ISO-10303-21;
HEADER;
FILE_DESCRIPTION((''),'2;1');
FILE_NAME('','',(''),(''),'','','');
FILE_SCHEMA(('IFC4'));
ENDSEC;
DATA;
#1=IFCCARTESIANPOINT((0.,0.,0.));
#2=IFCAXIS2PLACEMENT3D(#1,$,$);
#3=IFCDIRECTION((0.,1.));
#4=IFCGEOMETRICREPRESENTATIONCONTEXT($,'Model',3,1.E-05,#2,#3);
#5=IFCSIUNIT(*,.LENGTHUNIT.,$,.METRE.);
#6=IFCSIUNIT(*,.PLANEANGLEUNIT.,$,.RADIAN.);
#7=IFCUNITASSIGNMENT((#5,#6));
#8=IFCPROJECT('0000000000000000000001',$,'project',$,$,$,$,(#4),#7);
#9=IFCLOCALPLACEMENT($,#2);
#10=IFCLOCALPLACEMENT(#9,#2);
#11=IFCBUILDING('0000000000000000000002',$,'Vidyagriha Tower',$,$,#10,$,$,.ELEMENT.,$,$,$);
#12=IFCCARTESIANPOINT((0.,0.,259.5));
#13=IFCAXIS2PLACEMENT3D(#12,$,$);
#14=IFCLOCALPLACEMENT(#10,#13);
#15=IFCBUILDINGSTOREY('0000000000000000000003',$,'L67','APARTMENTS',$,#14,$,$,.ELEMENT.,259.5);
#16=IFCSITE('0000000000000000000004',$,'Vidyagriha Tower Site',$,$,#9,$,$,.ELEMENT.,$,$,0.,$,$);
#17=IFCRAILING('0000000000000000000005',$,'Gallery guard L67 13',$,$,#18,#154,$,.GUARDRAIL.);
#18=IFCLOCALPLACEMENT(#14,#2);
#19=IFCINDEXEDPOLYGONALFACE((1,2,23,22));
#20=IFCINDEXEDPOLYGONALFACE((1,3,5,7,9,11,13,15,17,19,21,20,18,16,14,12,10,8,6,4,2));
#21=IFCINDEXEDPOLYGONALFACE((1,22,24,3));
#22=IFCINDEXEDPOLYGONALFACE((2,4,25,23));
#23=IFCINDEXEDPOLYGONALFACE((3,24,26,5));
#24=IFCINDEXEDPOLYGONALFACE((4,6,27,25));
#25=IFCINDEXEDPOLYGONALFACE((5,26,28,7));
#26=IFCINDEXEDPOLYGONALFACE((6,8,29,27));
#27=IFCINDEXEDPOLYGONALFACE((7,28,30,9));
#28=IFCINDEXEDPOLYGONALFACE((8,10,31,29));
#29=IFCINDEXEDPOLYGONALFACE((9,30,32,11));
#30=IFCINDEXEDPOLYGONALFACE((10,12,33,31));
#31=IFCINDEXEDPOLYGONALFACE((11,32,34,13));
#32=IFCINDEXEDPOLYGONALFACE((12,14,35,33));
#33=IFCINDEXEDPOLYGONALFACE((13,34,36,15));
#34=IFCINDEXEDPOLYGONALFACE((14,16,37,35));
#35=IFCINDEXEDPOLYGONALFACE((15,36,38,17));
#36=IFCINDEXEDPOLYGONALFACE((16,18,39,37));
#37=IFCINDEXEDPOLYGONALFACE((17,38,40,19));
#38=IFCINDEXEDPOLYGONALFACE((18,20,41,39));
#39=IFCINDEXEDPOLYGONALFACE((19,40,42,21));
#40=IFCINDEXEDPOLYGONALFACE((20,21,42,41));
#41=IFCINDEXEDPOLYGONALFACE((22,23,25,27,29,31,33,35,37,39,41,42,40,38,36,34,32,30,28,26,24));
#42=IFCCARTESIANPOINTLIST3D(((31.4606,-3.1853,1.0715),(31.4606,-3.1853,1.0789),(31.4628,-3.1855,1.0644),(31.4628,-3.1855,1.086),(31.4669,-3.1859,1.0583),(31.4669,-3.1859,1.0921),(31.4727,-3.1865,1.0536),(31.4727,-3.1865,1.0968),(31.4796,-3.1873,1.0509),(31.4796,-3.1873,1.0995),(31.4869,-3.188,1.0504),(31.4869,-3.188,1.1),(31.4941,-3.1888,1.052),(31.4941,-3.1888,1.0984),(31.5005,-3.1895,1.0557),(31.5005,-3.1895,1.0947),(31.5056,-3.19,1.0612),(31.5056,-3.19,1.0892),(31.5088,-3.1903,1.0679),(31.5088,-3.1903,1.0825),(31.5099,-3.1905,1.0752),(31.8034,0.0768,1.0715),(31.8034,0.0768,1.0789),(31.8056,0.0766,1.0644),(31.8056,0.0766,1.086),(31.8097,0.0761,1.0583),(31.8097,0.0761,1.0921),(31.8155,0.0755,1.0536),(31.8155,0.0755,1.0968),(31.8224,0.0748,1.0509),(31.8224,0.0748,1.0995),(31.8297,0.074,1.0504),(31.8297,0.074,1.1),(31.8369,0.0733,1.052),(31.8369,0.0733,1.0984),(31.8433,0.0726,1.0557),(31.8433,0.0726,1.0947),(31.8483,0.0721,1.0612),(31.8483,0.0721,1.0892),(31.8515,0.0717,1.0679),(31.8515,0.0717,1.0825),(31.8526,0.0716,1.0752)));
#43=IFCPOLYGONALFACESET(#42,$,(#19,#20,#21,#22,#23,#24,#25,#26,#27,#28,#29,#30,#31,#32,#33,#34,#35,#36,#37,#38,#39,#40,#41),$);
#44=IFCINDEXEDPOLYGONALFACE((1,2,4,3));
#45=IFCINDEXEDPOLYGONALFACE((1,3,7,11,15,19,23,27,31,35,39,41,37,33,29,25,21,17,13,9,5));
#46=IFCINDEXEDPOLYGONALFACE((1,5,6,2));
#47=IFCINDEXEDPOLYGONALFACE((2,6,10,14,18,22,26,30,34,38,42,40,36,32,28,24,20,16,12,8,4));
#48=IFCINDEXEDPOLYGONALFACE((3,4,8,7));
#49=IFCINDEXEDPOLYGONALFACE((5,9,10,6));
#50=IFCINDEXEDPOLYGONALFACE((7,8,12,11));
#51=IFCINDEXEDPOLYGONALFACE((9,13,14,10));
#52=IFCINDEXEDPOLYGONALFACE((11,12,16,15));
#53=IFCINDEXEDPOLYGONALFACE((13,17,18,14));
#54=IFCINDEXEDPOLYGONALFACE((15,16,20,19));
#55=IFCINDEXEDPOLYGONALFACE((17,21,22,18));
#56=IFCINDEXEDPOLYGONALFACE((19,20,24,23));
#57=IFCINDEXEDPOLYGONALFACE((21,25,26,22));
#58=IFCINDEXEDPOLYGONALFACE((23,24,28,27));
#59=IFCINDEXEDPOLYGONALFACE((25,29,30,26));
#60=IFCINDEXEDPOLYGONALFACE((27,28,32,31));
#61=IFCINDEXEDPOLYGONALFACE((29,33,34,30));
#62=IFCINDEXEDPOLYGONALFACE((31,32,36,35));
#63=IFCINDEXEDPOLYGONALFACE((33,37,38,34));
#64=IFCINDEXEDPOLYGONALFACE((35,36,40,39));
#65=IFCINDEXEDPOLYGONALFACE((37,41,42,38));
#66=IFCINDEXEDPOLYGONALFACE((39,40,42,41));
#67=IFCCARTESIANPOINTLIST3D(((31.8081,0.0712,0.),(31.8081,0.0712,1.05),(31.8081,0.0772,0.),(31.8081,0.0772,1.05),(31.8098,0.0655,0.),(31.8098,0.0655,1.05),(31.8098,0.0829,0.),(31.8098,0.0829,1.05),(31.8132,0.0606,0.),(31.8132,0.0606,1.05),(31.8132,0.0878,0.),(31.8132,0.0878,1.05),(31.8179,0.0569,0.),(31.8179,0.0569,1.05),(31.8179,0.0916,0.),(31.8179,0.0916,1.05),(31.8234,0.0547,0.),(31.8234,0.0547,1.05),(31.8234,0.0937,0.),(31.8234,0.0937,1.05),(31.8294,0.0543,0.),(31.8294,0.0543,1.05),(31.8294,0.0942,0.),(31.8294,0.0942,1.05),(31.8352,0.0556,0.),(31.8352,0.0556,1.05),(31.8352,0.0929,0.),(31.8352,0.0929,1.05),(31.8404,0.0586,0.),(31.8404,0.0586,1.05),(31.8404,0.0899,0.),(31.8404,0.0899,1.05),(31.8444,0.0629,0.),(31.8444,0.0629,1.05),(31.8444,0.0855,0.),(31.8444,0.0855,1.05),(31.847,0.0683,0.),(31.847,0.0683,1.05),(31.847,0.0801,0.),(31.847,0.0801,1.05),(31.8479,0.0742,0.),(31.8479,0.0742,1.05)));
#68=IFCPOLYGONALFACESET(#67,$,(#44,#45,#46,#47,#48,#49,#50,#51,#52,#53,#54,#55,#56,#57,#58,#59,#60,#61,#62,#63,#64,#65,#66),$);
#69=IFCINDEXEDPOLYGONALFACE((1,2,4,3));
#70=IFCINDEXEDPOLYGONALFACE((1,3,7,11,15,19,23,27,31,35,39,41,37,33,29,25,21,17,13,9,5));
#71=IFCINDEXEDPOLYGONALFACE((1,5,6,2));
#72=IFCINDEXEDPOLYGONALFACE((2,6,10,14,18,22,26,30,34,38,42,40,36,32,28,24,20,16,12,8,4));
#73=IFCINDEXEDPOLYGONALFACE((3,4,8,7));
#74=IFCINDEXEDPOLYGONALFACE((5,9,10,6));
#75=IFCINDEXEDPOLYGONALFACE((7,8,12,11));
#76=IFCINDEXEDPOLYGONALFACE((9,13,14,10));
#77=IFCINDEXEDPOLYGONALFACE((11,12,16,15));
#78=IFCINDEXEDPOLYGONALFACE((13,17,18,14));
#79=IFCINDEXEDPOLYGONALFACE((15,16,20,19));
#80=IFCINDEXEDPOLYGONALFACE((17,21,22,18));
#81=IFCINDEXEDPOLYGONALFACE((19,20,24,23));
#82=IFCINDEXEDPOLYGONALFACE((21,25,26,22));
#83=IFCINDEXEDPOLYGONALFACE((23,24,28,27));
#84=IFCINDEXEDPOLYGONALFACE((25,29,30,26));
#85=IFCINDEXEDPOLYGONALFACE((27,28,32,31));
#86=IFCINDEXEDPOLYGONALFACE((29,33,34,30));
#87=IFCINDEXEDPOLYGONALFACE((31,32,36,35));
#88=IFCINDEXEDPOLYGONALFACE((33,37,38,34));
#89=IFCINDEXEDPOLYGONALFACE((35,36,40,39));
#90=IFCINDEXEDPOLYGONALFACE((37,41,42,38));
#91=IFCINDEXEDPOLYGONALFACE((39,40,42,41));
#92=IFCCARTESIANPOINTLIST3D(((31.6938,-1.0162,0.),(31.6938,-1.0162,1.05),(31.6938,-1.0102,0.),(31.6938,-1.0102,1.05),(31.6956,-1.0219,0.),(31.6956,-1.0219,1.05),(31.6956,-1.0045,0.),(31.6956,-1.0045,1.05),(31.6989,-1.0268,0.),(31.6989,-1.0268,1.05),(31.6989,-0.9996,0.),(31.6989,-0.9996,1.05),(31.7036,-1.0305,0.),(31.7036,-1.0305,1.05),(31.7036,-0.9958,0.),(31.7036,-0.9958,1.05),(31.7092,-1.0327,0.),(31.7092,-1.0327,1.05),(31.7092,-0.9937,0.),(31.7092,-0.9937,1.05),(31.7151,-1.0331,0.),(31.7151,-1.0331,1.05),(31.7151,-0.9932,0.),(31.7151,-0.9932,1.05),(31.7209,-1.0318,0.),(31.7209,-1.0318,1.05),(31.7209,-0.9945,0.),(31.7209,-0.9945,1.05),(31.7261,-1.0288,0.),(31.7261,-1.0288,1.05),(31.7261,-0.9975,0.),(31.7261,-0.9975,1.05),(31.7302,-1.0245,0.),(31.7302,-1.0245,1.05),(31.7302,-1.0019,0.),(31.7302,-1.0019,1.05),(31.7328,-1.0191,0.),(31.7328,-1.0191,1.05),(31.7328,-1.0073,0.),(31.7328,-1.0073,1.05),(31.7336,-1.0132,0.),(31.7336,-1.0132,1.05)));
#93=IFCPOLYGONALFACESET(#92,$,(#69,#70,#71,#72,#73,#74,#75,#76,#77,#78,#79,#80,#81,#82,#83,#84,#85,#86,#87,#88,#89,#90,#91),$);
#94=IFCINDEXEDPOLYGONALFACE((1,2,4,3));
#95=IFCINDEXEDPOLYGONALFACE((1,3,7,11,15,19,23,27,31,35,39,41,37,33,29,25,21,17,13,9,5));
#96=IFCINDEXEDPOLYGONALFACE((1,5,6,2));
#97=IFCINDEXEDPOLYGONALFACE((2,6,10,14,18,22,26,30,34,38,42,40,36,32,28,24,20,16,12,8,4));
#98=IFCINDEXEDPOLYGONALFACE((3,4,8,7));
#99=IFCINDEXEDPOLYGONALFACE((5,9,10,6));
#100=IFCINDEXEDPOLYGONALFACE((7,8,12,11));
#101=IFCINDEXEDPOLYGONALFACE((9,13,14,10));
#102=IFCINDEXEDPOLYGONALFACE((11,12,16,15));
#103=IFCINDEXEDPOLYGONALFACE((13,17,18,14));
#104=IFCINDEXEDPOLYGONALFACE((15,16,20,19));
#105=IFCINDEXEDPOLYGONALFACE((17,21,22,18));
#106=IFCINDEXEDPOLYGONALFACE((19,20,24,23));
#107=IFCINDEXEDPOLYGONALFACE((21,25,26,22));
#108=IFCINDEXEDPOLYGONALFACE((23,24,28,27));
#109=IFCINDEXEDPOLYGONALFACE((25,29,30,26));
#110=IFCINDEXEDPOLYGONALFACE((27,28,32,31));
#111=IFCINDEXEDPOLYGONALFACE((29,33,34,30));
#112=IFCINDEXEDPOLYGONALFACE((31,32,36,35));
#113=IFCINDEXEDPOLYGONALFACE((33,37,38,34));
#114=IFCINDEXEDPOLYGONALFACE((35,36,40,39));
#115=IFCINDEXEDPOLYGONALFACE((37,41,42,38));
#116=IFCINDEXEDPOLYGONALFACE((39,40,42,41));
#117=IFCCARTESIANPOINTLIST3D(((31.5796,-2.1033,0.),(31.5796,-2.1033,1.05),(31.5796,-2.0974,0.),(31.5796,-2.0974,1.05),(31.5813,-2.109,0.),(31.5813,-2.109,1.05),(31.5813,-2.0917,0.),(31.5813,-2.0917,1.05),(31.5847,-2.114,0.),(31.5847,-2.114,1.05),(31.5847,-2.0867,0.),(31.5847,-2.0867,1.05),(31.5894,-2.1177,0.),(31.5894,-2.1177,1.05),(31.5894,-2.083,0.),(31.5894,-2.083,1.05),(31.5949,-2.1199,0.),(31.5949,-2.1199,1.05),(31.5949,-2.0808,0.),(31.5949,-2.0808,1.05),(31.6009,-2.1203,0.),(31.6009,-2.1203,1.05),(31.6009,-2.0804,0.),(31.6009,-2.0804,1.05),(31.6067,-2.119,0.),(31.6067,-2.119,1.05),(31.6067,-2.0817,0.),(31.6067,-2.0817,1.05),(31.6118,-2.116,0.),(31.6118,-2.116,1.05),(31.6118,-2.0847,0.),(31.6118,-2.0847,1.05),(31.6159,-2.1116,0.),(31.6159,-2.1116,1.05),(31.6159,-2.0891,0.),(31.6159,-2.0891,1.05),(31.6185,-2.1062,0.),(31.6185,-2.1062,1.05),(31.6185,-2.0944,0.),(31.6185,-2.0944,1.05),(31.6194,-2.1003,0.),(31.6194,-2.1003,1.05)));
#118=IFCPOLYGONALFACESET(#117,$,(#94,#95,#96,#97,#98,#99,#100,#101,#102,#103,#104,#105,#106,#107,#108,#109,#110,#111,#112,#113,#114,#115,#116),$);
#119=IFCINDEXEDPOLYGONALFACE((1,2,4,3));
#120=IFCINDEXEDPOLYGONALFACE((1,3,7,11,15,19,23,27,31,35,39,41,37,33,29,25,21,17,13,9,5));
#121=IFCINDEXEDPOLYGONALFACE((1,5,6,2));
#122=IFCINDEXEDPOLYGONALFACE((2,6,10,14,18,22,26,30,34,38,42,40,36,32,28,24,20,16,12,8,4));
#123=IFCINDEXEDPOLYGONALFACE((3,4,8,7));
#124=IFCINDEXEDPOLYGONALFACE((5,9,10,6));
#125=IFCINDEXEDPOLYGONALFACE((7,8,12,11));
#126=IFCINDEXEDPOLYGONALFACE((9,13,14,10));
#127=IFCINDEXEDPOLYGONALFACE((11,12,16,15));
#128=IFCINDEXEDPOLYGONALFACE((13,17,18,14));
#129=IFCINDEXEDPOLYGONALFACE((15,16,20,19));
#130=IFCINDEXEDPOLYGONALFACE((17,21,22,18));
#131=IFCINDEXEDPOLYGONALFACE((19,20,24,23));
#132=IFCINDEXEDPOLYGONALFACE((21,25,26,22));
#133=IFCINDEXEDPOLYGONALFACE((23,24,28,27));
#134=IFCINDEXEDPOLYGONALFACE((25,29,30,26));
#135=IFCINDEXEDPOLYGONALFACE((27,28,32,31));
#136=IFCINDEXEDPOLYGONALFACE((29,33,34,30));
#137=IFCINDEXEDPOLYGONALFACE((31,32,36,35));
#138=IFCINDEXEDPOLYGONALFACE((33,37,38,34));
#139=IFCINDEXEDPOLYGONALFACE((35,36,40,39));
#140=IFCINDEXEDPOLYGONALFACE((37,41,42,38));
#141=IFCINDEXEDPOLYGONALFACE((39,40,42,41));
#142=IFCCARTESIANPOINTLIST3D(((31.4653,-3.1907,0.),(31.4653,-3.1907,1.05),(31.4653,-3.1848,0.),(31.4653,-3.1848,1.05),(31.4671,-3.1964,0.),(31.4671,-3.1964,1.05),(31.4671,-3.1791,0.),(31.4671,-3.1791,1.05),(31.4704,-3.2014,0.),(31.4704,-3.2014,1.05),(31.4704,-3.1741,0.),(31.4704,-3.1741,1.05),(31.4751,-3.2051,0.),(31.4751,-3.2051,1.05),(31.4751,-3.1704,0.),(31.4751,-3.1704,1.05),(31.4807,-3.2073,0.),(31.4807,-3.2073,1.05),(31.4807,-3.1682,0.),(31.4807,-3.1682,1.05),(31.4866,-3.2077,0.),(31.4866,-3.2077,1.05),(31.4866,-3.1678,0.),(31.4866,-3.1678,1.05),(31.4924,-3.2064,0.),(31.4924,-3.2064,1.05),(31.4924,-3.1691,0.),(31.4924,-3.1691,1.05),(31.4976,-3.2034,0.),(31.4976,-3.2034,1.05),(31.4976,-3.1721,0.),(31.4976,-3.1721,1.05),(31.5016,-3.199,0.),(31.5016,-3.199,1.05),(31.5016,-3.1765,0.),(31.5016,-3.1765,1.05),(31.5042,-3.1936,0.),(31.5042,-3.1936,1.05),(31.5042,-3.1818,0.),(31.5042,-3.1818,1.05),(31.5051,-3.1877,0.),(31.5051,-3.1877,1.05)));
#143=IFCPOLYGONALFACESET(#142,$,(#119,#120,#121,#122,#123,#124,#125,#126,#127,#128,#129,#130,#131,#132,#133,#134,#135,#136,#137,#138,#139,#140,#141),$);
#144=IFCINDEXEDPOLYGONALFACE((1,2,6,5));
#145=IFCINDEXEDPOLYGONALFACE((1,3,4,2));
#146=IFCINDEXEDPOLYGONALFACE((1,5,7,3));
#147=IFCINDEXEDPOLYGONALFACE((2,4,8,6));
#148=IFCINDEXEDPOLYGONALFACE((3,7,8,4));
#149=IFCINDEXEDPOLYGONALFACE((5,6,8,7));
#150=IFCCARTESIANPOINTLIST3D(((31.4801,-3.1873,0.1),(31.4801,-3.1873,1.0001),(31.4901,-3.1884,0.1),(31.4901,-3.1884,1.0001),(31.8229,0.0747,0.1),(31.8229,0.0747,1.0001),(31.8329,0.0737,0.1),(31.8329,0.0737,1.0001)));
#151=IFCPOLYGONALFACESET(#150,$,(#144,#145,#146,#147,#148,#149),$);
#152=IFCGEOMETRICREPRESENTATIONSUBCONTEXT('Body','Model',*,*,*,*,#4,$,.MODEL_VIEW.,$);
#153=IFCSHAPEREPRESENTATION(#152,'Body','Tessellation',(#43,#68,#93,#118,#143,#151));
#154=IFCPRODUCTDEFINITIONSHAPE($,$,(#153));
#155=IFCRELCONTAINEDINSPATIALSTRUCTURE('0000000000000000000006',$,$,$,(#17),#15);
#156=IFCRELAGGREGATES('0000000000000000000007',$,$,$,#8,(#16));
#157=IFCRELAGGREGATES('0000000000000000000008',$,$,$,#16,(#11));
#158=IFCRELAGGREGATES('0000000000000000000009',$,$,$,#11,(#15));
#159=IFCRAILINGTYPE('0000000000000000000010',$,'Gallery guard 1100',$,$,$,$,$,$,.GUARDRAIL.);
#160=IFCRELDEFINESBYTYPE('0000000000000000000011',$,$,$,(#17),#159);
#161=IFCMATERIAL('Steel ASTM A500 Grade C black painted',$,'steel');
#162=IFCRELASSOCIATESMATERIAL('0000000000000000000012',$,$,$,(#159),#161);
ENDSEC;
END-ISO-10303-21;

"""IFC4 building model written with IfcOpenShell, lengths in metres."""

from ifc_helpers import new_model, si_unit, direction, frame, origin, origin_2d, place, context, subcontext, project, spatial, rectangle, circle, extrude, material, type_object, element, save


model = new_model("IFC4")

# Units and contexts
model_context = context("Model", 3, precision=1e-05, world=origin(), true_north=direction((0.0, 1.0)))
body_context = subcontext(model_context, "Body", "Model", "MODEL_VIEW")
ifc_project = project(units=[si_unit("LENGTHUNIT", "METRE"), si_unit("PLANEANGLEUNIT", "RADIAN")], contexts=[model_context])

# Site, building, storey
site_placement = place(None, origin())
site = spatial("IfcSite", under=ifc_project, at=site_placement, Name="Vidyagriha Tower Site", CompositionType="ELEMENT", RefElevation=0.0)
building_placement = place(site_placement, origin())
building = spatial("IfcBuilding", under=site, at=building_placement, Name="Vidyagriha Tower", CompositionType="ELEMENT")
storey_placement = place(building_placement, frame((0.0, 0.0, 259.5)))
storey = spatial("IfcBuildingStorey", under=building, at=storey_placement, Name="L67", Description="APARTMENTS", CompositionType="ELEMENT", Elevation=259.5)

# Railing
ifc_material_1 = material(Name="Steel ASTM A500 Grade C black painted", Category="steel")
railing_type_1 = type_object("IfcRailingType", Name="Gallery guard 1100", PredefinedType="GUARDRAIL", material=ifc_material_1)
railing_1_placement = place(storey_placement, frame((31.8279, 0.0742, 0.0)))
element("IfcRailing", 1, at=railing_1_placement, inside=storey, type_object=railing_type_1, Name="Gallery guard L67 13", PredefinedType="GUARDRAIL", context=body_context, shape_type="SweptSolid", body=[
    extrude(circle(Radius=0.0249, at=origin_2d()), frame((0.0, 0.0, 1.0752), z_axis=(-0.104507, -0.994524, 0.0), x_axis=(0.994524, -0.104507, 0.0)), (0.0, 0.0, 1.0), 3.28),
    extrude(circle(Radius=0.02, at=origin_2d()), origin(), (0.0, 0.0, 1.0), 1.05),
    extrude(circle(Radius=0.02, at=origin_2d()), frame((-0.1143, -1.0874, 0.0)), (0.0, 0.0, 1.0), 1.05),
    extrude(circle(Radius=0.02, at=origin_2d()), frame((-0.2285, -2.1746, 0.0)), (0.0, 0.0, 1.0), 1.05),
    extrude(circle(Radius=0.02, at=origin_2d()), frame((-0.3428, -3.262, 0.0)), (0.0, 0.0, 1.0), 1.05),
    extrude(rectangle(XDim=0.01, YDim=0.9001, at=origin_2d()), frame((0.0, 0.0, 0.55), z_axis=(-0.104507, -0.994524, 0.0), x_axis=(0.994524, -0.104507, 0.0)), (0.0, 0.0, 1.0), 3.28),
])

save(model, "model.ifc")
